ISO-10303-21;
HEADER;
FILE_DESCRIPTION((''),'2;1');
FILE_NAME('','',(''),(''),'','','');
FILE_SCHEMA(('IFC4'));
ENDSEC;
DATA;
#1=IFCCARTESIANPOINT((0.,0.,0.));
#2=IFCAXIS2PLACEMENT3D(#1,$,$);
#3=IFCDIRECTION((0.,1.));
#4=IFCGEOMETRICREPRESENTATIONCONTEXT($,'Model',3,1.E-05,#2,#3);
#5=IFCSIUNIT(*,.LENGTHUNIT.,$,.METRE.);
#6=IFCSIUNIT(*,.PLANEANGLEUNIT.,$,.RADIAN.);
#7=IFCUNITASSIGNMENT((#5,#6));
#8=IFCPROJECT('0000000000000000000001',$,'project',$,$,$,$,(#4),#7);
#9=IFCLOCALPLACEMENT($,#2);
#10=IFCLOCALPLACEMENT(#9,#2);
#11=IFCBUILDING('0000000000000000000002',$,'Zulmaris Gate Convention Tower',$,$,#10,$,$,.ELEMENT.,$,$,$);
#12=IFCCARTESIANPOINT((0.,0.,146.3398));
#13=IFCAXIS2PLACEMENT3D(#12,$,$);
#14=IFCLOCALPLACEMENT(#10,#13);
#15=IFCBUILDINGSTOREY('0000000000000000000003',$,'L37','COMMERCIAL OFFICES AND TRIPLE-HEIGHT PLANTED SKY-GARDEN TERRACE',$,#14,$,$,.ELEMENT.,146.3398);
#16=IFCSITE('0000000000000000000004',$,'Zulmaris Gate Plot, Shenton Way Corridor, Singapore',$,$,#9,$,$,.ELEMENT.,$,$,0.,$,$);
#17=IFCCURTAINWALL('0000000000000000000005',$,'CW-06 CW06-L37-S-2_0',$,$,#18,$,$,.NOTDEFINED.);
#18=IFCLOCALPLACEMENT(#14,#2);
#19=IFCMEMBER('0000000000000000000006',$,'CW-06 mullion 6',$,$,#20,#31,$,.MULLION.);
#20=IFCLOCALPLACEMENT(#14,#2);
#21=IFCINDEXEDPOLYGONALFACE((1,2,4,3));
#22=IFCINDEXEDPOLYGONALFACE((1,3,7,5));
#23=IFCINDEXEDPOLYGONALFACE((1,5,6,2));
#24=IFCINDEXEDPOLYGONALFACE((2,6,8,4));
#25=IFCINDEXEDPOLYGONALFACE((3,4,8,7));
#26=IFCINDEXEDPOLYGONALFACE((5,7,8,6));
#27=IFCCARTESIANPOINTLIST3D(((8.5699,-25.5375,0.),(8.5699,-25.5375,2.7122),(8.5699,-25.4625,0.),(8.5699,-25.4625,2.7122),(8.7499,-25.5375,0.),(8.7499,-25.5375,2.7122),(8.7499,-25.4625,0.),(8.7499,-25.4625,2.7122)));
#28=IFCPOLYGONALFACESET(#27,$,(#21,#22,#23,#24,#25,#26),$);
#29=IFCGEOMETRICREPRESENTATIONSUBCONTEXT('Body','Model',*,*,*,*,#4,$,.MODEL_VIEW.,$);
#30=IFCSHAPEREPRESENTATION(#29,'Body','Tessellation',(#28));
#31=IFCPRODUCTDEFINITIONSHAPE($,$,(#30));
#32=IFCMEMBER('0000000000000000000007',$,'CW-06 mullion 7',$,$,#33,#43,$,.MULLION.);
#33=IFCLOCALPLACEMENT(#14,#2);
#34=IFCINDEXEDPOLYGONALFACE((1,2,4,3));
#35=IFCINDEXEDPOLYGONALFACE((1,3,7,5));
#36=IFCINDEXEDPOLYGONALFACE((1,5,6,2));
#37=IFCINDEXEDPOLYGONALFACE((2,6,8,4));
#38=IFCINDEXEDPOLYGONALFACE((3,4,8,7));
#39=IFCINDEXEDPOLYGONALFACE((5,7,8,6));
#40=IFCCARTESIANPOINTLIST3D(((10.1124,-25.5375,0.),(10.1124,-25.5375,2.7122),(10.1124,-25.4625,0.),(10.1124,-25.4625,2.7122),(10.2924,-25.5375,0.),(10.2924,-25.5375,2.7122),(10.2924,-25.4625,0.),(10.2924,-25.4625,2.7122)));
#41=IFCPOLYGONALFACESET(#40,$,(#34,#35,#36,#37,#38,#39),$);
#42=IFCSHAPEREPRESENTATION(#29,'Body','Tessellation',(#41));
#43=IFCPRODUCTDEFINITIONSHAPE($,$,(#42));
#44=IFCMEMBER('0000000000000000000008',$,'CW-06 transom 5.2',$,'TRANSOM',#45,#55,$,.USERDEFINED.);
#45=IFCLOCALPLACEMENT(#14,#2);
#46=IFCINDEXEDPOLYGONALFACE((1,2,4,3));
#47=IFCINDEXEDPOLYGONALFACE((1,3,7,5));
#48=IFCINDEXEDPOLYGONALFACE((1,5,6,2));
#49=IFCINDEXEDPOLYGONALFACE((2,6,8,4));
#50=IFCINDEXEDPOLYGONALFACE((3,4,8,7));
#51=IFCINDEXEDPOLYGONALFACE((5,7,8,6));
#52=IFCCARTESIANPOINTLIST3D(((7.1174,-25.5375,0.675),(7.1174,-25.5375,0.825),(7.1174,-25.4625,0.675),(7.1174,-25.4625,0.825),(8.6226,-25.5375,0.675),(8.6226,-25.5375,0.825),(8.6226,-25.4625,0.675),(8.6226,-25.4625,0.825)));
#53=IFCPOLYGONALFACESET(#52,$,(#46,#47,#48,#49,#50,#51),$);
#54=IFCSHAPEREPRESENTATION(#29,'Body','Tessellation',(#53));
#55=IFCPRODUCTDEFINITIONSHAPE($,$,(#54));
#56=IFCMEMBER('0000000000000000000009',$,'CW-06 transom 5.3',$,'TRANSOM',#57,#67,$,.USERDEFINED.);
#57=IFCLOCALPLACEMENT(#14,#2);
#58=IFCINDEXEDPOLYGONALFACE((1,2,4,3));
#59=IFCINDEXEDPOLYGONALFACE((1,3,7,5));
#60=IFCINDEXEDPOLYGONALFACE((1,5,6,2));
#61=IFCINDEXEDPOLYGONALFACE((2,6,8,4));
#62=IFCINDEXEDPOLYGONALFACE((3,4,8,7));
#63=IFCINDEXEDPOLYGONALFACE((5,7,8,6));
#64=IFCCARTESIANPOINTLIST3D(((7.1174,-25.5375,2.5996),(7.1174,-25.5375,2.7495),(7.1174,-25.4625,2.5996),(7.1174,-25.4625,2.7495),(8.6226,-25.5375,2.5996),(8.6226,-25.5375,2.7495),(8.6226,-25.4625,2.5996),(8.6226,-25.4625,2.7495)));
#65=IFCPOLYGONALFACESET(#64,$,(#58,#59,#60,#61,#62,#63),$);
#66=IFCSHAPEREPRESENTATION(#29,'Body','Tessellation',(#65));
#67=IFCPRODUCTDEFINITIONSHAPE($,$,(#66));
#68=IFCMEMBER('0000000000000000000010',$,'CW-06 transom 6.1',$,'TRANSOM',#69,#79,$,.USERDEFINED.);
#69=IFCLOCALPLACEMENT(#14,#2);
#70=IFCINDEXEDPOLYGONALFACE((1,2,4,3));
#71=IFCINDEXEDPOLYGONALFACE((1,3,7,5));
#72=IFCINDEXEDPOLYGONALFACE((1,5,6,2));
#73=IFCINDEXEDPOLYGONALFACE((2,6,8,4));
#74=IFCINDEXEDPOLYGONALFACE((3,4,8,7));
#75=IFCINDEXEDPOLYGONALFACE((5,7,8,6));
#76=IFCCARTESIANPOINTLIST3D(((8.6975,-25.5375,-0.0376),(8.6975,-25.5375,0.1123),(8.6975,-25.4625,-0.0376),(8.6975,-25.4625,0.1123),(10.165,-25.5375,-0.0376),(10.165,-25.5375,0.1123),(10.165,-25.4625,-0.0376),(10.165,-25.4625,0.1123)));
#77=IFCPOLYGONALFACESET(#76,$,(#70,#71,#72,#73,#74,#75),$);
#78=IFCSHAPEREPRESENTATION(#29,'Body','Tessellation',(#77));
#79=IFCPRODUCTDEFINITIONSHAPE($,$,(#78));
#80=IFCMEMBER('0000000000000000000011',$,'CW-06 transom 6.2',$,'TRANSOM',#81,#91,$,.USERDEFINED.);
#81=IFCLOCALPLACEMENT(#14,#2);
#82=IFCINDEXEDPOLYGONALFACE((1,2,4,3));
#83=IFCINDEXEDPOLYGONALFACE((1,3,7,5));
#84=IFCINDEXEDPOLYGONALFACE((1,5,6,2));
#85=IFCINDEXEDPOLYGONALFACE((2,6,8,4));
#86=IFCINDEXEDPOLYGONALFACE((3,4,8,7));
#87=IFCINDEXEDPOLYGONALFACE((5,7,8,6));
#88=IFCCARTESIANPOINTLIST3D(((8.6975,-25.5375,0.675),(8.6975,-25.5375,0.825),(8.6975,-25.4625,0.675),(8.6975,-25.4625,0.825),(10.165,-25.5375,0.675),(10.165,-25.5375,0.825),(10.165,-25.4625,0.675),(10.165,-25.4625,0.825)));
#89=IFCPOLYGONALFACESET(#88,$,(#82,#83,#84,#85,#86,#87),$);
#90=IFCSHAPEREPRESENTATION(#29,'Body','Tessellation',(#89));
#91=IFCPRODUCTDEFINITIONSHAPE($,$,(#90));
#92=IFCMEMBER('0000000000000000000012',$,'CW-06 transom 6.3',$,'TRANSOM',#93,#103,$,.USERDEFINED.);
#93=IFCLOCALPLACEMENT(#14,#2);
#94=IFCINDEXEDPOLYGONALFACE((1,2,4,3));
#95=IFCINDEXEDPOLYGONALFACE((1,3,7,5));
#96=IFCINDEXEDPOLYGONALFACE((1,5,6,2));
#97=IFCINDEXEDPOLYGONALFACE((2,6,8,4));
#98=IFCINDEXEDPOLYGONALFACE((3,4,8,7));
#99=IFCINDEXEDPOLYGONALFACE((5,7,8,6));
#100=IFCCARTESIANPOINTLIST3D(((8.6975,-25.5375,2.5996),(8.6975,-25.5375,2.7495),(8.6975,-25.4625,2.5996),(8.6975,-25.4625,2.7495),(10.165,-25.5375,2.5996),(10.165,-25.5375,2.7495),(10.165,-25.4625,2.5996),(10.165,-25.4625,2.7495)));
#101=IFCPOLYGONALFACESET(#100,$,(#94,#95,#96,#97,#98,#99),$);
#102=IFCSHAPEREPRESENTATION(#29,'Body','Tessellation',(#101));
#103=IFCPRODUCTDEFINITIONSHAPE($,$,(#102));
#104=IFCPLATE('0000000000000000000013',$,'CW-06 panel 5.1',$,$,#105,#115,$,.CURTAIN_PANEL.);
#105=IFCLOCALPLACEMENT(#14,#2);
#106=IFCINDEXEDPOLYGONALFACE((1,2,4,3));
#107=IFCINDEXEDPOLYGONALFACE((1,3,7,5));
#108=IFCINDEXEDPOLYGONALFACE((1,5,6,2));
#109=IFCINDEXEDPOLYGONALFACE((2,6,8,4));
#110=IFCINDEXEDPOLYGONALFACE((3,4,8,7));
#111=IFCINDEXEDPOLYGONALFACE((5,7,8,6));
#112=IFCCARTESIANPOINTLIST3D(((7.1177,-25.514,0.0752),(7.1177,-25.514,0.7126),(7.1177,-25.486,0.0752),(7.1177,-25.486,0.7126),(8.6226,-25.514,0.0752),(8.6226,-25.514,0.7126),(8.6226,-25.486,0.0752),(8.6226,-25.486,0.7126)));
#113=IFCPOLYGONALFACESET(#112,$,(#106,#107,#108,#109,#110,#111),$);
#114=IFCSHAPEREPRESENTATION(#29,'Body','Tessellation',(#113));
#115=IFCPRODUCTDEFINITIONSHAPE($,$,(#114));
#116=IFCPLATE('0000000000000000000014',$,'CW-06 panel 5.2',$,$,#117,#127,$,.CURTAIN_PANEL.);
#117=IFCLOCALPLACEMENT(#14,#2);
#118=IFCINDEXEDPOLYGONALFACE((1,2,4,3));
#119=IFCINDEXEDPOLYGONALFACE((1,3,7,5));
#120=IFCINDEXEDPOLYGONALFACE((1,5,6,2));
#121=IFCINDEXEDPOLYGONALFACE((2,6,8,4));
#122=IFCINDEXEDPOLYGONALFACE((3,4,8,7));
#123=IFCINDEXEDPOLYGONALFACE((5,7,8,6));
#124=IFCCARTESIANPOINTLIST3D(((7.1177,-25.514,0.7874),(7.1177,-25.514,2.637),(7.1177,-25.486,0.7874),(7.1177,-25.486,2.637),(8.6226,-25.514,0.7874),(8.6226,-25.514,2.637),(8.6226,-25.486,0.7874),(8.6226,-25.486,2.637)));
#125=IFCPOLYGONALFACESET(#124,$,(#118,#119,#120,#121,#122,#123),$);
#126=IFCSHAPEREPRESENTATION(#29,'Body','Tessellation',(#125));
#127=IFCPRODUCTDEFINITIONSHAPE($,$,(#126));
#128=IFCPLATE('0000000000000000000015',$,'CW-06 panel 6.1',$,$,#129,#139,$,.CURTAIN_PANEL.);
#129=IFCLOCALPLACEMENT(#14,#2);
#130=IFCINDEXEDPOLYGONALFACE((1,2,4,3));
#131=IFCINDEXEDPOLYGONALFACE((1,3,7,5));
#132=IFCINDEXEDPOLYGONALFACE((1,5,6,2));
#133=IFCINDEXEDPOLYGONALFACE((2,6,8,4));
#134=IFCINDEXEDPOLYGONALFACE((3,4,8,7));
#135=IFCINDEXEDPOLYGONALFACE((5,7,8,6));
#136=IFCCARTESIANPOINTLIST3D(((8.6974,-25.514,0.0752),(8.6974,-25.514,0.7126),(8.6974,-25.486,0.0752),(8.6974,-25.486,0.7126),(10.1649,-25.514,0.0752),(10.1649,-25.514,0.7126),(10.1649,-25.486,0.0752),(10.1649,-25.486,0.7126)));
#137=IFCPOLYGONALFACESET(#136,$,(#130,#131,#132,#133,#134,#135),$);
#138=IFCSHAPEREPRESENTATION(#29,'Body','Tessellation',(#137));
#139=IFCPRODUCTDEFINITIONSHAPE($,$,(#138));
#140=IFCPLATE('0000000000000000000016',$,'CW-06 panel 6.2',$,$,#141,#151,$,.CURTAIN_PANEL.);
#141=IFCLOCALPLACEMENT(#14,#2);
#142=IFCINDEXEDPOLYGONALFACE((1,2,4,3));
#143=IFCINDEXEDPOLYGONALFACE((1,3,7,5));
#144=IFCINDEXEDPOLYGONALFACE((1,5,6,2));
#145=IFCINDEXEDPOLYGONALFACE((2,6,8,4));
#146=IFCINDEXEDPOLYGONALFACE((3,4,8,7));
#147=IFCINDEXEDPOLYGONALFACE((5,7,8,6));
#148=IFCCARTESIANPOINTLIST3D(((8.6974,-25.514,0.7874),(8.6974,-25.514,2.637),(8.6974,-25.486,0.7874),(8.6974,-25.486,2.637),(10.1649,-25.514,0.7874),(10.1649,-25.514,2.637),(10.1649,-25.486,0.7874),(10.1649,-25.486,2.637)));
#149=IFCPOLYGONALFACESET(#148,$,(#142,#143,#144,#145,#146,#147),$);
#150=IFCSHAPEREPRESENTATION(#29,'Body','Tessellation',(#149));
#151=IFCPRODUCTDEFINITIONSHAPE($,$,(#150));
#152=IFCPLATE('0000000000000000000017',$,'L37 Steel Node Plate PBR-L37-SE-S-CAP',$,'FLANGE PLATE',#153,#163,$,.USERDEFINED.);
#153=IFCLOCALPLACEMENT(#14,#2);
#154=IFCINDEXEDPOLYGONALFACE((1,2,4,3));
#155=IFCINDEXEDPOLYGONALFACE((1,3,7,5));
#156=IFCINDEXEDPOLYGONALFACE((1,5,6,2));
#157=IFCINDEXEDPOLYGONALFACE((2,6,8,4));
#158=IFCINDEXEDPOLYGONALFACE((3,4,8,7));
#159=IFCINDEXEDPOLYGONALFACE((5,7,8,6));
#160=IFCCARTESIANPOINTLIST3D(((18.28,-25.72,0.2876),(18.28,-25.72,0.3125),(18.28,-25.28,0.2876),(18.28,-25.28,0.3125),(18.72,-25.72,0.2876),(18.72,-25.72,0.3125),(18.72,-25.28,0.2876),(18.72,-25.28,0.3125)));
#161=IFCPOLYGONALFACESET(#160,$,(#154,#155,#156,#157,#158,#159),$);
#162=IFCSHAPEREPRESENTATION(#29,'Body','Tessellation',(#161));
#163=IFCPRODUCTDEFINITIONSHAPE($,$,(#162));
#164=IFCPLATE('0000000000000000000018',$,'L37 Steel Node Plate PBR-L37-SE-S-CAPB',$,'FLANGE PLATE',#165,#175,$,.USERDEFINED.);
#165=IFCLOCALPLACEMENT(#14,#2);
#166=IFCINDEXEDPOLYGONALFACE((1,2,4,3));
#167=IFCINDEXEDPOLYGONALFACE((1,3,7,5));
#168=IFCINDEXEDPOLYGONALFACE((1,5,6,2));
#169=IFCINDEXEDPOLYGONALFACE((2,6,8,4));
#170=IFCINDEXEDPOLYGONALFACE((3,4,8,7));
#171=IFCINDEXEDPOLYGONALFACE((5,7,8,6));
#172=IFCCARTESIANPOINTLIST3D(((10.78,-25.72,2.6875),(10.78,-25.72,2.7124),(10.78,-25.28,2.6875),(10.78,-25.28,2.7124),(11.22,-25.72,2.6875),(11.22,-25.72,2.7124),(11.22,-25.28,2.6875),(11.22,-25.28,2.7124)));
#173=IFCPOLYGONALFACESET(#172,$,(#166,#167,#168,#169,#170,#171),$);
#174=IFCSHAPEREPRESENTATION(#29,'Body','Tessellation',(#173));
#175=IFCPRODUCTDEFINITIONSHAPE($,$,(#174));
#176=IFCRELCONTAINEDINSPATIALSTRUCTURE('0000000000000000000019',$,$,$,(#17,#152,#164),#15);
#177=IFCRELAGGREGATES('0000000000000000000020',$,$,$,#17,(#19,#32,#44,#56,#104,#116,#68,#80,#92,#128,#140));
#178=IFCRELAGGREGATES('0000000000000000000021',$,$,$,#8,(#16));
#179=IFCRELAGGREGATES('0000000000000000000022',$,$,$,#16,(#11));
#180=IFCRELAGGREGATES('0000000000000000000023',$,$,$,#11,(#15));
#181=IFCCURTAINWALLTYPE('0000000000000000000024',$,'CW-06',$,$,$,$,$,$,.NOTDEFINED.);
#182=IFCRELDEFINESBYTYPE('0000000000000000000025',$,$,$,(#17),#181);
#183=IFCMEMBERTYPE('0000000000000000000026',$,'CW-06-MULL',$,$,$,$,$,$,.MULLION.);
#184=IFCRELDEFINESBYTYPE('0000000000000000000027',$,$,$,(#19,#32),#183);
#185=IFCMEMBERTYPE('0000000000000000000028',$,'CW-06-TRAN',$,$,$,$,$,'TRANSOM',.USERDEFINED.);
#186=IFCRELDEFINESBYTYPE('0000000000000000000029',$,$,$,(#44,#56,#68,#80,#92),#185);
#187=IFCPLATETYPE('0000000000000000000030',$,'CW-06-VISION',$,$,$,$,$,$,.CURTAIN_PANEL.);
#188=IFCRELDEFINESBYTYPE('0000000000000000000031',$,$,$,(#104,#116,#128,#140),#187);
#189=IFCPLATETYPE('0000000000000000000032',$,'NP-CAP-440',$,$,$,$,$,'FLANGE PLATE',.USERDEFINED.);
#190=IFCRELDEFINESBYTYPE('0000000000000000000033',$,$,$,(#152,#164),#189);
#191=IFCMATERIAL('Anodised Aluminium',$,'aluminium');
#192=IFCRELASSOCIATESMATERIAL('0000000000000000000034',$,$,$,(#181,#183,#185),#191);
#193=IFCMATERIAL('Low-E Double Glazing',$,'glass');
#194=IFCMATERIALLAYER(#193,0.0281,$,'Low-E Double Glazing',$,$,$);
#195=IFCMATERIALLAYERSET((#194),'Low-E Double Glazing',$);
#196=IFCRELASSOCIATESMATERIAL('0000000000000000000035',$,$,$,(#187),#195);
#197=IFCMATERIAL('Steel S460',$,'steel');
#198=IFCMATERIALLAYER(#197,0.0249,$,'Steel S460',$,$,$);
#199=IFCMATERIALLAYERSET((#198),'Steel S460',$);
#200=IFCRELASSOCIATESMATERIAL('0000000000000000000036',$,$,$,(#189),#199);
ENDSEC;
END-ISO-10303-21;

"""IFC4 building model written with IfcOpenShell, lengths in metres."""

from ifc_helpers import new_model, si_unit, direction, frame, origin, origin_2d, place, context, subcontext, project, spatial, rectangle, extrude, material, layer, layer_set, material_profile, profile_set, type_object, element, aggregate, save


model = new_model("IFC4")

# Units and contexts
model_context = context("Model", 3, precision=1e-05, world=origin(), true_north=direction((0.0, 1.0)))
body_context = subcontext(model_context, "Body", "Model", "MODEL_VIEW")
ifc_project = project(units=[si_unit("LENGTHUNIT", "METRE"), si_unit("PLANEANGLEUNIT", "RADIAN")], contexts=[model_context])

# Site, building, storey
site_placement = place(None, origin())
site = spatial("IfcSite", under=ifc_project, at=site_placement, Name="Zulmaris Gate Plot, Shenton Way Corridor, Singapore", CompositionType="ELEMENT", RefElevation=0.0)
building_placement = place(site_placement, origin())
building = spatial("IfcBuilding", under=site, at=building_placement, Name="Zulmaris Gate Convention Tower", CompositionType="ELEMENT")
storey_placement = place(building_placement, frame((0.0, 0.0, 146.3398)))
storey = spatial("IfcBuildingStorey", under=building, at=storey_placement, Name="L37", Description="COMMERCIAL OFFICES AND TRIPLE-HEIGHT PLANTED SKY-GARDEN TERRACE", CompositionType="ELEMENT", Elevation=146.3398)

# Shared definitions
ifc_material_1 = material(Name="Steel S460", Category="steel")

# Curtain wall, members, plates
ifc_material_2 = material(Name="Anodised Aluminium", Category="aluminium")
curtain_wall_type = type_object("IfcCurtainWallType", Name="CW-06", PredefinedType="NOTDEFINED", material=ifc_material_2)
curtain_wall_placement = place(storey_placement, origin())
curtain_wall = element("IfcCurtainWall", 1, at=curtain_wall_placement, inside=storey, type_object=curtain_wall_type, Name="CW-06 CW06-L37-S-2_0", PredefinedType="NOTDEFINED")
ifc_material_profile_1 = material_profile(ifc_material_2, rectangle(XDim=0.075, YDim=0.1799, at=origin_2d()), Name="ALU MULLION 75x180")
ifc_profile_set_1 = profile_set([ifc_material_profile_1], Name="Anodised Aluminium")
member_type_1 = type_object("IfcMemberType", Name="CW-06-MULL", PredefinedType="MULLION", material=ifc_profile_set_1)
member_1_placement = place(storey_placement, frame((8.6599, -25.5, 0.0), z_axis=(0.0, 0.0, 1.0), x_axis=(0.0, 1.0, 0.0)))
member_1 = element("IfcMember", 2, at=member_1_placement, type_object=member_type_1, Name="CW-06 mullion 6", PredefinedType="MULLION", context=body_context, shape_type="SweptSolid", body=[
    extrude(rectangle(XDim=0.075, YDim=0.1799, at=origin_2d()), origin(), (0.0, 0.0, 1.0), 2.7122),
])
member_2_placement = place(storey_placement, frame((10.2024, -25.5, 0.0), z_axis=(0.0, 0.0, 1.0), x_axis=(0.0, 1.0, 0.0)))
member_2 = element("IfcMember", 3, at=member_2_placement, type_object=member_type_1, Name="CW-06 mullion 7", PredefinedType="MULLION", context=body_context, shape_type="SweptSolid", body=[
    extrude(rectangle(XDim=0.075, YDim=0.1799, at=origin_2d()), origin(), (0.0, 0.0, 1.0), 2.7122),
])
ifc_material_profile_2 = material_profile(ifc_material_2, rectangle(XDim=0.075, YDim=0.1499, at=origin_2d()), Name="ALU TRANSOM 75x150")
ifc_profile_set_2 = profile_set([ifc_material_profile_2], Name="Anodised Aluminium")
member_type_2 = type_object("IfcMemberType", Name="CW-06-TRAN", ElementType="TRANSOM", PredefinedType="USERDEFINED", material=ifc_profile_set_2)
member_3_placement = place(storey_placement, frame((7.1174, -25.5, 0.75), z_axis=(1.0, 0.0, 0.0), x_axis=(0.0, 1.0, 0.0)))
member_3 = element("IfcMember", 4, at=member_3_placement, type_object=member_type_2, Name="CW-06 transom 5.2", ObjectType="TRANSOM", PredefinedType="USERDEFINED", context=body_context, shape_type="SweptSolid", body=[
    extrude(rectangle(XDim=0.075, YDim=0.1499, at=origin_2d()), origin(), (0.0, 0.0, 1.0), 1.5051),
])
member_4_placement = place(storey_placement, frame((7.1174, -25.5, 2.6746), z_axis=(1.0, 0.0, 0.0), x_axis=(0.0, 1.0, 0.0)))
member_4 = element("IfcMember", 5, at=member_4_placement, type_object=member_type_2, Name="CW-06 transom 5.3", ObjectType="TRANSOM", PredefinedType="USERDEFINED", context=body_context, shape_type="SweptSolid", body=[
    extrude(rectangle(XDim=0.075, YDim=0.1499, at=origin_2d()), origin(), (0.0, 0.0, 1.0), 1.5051),
])
member_5_placement = place(storey_placement, frame((8.6975, -25.5, 0.0374), z_axis=(1.0, 0.0, 0.0), x_axis=(0.0, 1.0, 0.0)))
member_5 = element("IfcMember", 6, at=member_5_placement, type_object=member_type_2, Name="CW-06 transom 6.1", ObjectType="TRANSOM", PredefinedType="USERDEFINED", context=body_context, shape_type="SweptSolid", body=[
    extrude(rectangle(XDim=0.075, YDim=0.1499, at=origin_2d()), origin(), (0.0, 0.0, 1.0), 1.4675),
])
member_6_placement = place(storey_placement, frame((8.6975, -25.5, 0.75), z_axis=(1.0, 0.0, 0.0), x_axis=(0.0, 1.0, 0.0)))
member_6 = element("IfcMember", 7, at=member_6_placement, type_object=member_type_2, Name="CW-06 transom 6.2", ObjectType="TRANSOM", PredefinedType="USERDEFINED", context=body_context, shape_type="SweptSolid", body=[
    extrude(rectangle(XDim=0.075, YDim=0.1499, at=origin_2d()), origin(), (0.0, 0.0, 1.0), 1.4675),
])
member_7_placement = place(storey_placement, frame((8.6975, -25.5, 2.6746), z_axis=(1.0, 0.0, 0.0), x_axis=(0.0, 1.0, 0.0)))
member_7 = element("IfcMember", 8, at=member_7_placement, type_object=member_type_2, Name="CW-06 transom 6.3", ObjectType="TRANSOM", PredefinedType="USERDEFINED", context=body_context, shape_type="SweptSolid", body=[
    extrude(rectangle(XDim=0.075, YDim=0.1499, at=origin_2d()), origin(), (0.0, 0.0, 1.0), 1.4675),
])
ifc_material_3 = material(Name="Low-E Double Glazing", Category="glass")
ifc_layer_1 = layer(ifc_material_3, 0.0281, Name="Low-E Double Glazing")
ifc_layer_set_1 = layer_set([ifc_layer_1], Name="Low-E Double Glazing")
plate_type_1 = type_object("IfcPlateType", Name="CW-06-VISION", PredefinedType="CURTAIN_PANEL", material=ifc_layer_set_1)
plate_1_placement = place(storey_placement, frame((7.8701, -25.5, 0.0752), z_axis=(0.0, 0.0, 1.0), x_axis=(1.0, 0.0, 0.0)))
plate_1 = element("IfcPlate", 9, at=plate_1_placement, type_object=plate_type_1, Name="CW-06 panel 5.1", PredefinedType="CURTAIN_PANEL", context=body_context, shape_type="SweptSolid", body=[
    extrude(rectangle(XDim=1.5049, YDim=0.0281, at=origin_2d()), origin(), (0.0, 0.0, 1.0), 0.6375),
])
plate_2_placement = place(storey_placement, frame((7.8701, -25.5, 0.7874), z_axis=(0.0, 0.0, 1.0), x_axis=(1.0, 0.0, 0.0)))
plate_2 = element("IfcPlate", 10, at=plate_2_placement, type_object=plate_type_1, Name="CW-06 panel 5.2", PredefinedType="CURTAIN_PANEL", context=body_context, shape_type="SweptSolid", body=[
    extrude(rectangle(XDim=1.5049, YDim=0.0281, at=origin_2d()), origin(), (0.0, 0.0, 1.0), 1.8496),
])
plate_3_placement = place(storey_placement, frame((9.4312, -25.5, 0.0752), z_axis=(0.0, 0.0, 1.0), x_axis=(1.0, 0.0, 0.0)))
plate_3 = element("IfcPlate", 11, at=plate_3_placement, type_object=plate_type_1, Name="CW-06 panel 6.1", PredefinedType="CURTAIN_PANEL", context=body_context, shape_type="SweptSolid", body=[
    extrude(rectangle(XDim=1.4675, YDim=0.0281, at=origin_2d()), origin(), (0.0, 0.0, 1.0), 0.6375),
])
plate_4_placement = place(storey_placement, frame((9.4312, -25.5, 0.7874), z_axis=(0.0, 0.0, 1.0), x_axis=(1.0, 0.0, 0.0)))
plate_4 = element("IfcPlate", 12, at=plate_4_placement, type_object=plate_type_1, Name="CW-06 panel 6.2", PredefinedType="CURTAIN_PANEL", context=body_context, shape_type="SweptSolid", body=[
    extrude(rectangle(XDim=1.4675, YDim=0.0281, at=origin_2d()), origin(), (0.0, 0.0, 1.0), 1.8496),
])
aggregate(curtain_wall, [member_1, member_2, member_3, member_4, plate_1, plate_2, member_5, member_6, member_7, plate_3, plate_4])

# Plates
ifc_layer_2 = layer(ifc_material_1, 0.0249, Name="Steel S460")
ifc_layer_set_2 = layer_set([ifc_layer_2], Name="Steel S460")
plate_type_2 = type_object("IfcPlateType", Name="NP-CAP-440", ElementType="FLANGE PLATE", PredefinedType="USERDEFINED", material=ifc_layer_set_2)
for number, where, z_axis, x_axis, name in (
    (13, (18.5, -25.5, 0.2876), (0.0, 0.0, 1.0), (1.0, 0.0, 0.0), "L37 Steel Node Plate PBR-L37-SE-S-CAP"),
    (14, (11.0, -25.5, 2.6875), (0.0, 0.0, 1.0), (1.0, 0.0, 0.0), "L37 Steel Node Plate PBR-L37-SE-S-CAPB"),
):
    element("IfcPlate", number, at=place(storey_placement, frame(where, z_axis=z_axis, x_axis=x_axis)), inside=storey, type_object=plate_type_2, Name=name, ObjectType="FLANGE PLATE", PredefinedType="USERDEFINED", context=body_context, shape_type="SweptSolid", body=[
        extrude(rectangle(XDim=0.4399, YDim=0.4399, at=origin_2d()), origin(), (0.0, 0.0, 1.0), 0.0249),
    ])

save(model, "model.ifc")
